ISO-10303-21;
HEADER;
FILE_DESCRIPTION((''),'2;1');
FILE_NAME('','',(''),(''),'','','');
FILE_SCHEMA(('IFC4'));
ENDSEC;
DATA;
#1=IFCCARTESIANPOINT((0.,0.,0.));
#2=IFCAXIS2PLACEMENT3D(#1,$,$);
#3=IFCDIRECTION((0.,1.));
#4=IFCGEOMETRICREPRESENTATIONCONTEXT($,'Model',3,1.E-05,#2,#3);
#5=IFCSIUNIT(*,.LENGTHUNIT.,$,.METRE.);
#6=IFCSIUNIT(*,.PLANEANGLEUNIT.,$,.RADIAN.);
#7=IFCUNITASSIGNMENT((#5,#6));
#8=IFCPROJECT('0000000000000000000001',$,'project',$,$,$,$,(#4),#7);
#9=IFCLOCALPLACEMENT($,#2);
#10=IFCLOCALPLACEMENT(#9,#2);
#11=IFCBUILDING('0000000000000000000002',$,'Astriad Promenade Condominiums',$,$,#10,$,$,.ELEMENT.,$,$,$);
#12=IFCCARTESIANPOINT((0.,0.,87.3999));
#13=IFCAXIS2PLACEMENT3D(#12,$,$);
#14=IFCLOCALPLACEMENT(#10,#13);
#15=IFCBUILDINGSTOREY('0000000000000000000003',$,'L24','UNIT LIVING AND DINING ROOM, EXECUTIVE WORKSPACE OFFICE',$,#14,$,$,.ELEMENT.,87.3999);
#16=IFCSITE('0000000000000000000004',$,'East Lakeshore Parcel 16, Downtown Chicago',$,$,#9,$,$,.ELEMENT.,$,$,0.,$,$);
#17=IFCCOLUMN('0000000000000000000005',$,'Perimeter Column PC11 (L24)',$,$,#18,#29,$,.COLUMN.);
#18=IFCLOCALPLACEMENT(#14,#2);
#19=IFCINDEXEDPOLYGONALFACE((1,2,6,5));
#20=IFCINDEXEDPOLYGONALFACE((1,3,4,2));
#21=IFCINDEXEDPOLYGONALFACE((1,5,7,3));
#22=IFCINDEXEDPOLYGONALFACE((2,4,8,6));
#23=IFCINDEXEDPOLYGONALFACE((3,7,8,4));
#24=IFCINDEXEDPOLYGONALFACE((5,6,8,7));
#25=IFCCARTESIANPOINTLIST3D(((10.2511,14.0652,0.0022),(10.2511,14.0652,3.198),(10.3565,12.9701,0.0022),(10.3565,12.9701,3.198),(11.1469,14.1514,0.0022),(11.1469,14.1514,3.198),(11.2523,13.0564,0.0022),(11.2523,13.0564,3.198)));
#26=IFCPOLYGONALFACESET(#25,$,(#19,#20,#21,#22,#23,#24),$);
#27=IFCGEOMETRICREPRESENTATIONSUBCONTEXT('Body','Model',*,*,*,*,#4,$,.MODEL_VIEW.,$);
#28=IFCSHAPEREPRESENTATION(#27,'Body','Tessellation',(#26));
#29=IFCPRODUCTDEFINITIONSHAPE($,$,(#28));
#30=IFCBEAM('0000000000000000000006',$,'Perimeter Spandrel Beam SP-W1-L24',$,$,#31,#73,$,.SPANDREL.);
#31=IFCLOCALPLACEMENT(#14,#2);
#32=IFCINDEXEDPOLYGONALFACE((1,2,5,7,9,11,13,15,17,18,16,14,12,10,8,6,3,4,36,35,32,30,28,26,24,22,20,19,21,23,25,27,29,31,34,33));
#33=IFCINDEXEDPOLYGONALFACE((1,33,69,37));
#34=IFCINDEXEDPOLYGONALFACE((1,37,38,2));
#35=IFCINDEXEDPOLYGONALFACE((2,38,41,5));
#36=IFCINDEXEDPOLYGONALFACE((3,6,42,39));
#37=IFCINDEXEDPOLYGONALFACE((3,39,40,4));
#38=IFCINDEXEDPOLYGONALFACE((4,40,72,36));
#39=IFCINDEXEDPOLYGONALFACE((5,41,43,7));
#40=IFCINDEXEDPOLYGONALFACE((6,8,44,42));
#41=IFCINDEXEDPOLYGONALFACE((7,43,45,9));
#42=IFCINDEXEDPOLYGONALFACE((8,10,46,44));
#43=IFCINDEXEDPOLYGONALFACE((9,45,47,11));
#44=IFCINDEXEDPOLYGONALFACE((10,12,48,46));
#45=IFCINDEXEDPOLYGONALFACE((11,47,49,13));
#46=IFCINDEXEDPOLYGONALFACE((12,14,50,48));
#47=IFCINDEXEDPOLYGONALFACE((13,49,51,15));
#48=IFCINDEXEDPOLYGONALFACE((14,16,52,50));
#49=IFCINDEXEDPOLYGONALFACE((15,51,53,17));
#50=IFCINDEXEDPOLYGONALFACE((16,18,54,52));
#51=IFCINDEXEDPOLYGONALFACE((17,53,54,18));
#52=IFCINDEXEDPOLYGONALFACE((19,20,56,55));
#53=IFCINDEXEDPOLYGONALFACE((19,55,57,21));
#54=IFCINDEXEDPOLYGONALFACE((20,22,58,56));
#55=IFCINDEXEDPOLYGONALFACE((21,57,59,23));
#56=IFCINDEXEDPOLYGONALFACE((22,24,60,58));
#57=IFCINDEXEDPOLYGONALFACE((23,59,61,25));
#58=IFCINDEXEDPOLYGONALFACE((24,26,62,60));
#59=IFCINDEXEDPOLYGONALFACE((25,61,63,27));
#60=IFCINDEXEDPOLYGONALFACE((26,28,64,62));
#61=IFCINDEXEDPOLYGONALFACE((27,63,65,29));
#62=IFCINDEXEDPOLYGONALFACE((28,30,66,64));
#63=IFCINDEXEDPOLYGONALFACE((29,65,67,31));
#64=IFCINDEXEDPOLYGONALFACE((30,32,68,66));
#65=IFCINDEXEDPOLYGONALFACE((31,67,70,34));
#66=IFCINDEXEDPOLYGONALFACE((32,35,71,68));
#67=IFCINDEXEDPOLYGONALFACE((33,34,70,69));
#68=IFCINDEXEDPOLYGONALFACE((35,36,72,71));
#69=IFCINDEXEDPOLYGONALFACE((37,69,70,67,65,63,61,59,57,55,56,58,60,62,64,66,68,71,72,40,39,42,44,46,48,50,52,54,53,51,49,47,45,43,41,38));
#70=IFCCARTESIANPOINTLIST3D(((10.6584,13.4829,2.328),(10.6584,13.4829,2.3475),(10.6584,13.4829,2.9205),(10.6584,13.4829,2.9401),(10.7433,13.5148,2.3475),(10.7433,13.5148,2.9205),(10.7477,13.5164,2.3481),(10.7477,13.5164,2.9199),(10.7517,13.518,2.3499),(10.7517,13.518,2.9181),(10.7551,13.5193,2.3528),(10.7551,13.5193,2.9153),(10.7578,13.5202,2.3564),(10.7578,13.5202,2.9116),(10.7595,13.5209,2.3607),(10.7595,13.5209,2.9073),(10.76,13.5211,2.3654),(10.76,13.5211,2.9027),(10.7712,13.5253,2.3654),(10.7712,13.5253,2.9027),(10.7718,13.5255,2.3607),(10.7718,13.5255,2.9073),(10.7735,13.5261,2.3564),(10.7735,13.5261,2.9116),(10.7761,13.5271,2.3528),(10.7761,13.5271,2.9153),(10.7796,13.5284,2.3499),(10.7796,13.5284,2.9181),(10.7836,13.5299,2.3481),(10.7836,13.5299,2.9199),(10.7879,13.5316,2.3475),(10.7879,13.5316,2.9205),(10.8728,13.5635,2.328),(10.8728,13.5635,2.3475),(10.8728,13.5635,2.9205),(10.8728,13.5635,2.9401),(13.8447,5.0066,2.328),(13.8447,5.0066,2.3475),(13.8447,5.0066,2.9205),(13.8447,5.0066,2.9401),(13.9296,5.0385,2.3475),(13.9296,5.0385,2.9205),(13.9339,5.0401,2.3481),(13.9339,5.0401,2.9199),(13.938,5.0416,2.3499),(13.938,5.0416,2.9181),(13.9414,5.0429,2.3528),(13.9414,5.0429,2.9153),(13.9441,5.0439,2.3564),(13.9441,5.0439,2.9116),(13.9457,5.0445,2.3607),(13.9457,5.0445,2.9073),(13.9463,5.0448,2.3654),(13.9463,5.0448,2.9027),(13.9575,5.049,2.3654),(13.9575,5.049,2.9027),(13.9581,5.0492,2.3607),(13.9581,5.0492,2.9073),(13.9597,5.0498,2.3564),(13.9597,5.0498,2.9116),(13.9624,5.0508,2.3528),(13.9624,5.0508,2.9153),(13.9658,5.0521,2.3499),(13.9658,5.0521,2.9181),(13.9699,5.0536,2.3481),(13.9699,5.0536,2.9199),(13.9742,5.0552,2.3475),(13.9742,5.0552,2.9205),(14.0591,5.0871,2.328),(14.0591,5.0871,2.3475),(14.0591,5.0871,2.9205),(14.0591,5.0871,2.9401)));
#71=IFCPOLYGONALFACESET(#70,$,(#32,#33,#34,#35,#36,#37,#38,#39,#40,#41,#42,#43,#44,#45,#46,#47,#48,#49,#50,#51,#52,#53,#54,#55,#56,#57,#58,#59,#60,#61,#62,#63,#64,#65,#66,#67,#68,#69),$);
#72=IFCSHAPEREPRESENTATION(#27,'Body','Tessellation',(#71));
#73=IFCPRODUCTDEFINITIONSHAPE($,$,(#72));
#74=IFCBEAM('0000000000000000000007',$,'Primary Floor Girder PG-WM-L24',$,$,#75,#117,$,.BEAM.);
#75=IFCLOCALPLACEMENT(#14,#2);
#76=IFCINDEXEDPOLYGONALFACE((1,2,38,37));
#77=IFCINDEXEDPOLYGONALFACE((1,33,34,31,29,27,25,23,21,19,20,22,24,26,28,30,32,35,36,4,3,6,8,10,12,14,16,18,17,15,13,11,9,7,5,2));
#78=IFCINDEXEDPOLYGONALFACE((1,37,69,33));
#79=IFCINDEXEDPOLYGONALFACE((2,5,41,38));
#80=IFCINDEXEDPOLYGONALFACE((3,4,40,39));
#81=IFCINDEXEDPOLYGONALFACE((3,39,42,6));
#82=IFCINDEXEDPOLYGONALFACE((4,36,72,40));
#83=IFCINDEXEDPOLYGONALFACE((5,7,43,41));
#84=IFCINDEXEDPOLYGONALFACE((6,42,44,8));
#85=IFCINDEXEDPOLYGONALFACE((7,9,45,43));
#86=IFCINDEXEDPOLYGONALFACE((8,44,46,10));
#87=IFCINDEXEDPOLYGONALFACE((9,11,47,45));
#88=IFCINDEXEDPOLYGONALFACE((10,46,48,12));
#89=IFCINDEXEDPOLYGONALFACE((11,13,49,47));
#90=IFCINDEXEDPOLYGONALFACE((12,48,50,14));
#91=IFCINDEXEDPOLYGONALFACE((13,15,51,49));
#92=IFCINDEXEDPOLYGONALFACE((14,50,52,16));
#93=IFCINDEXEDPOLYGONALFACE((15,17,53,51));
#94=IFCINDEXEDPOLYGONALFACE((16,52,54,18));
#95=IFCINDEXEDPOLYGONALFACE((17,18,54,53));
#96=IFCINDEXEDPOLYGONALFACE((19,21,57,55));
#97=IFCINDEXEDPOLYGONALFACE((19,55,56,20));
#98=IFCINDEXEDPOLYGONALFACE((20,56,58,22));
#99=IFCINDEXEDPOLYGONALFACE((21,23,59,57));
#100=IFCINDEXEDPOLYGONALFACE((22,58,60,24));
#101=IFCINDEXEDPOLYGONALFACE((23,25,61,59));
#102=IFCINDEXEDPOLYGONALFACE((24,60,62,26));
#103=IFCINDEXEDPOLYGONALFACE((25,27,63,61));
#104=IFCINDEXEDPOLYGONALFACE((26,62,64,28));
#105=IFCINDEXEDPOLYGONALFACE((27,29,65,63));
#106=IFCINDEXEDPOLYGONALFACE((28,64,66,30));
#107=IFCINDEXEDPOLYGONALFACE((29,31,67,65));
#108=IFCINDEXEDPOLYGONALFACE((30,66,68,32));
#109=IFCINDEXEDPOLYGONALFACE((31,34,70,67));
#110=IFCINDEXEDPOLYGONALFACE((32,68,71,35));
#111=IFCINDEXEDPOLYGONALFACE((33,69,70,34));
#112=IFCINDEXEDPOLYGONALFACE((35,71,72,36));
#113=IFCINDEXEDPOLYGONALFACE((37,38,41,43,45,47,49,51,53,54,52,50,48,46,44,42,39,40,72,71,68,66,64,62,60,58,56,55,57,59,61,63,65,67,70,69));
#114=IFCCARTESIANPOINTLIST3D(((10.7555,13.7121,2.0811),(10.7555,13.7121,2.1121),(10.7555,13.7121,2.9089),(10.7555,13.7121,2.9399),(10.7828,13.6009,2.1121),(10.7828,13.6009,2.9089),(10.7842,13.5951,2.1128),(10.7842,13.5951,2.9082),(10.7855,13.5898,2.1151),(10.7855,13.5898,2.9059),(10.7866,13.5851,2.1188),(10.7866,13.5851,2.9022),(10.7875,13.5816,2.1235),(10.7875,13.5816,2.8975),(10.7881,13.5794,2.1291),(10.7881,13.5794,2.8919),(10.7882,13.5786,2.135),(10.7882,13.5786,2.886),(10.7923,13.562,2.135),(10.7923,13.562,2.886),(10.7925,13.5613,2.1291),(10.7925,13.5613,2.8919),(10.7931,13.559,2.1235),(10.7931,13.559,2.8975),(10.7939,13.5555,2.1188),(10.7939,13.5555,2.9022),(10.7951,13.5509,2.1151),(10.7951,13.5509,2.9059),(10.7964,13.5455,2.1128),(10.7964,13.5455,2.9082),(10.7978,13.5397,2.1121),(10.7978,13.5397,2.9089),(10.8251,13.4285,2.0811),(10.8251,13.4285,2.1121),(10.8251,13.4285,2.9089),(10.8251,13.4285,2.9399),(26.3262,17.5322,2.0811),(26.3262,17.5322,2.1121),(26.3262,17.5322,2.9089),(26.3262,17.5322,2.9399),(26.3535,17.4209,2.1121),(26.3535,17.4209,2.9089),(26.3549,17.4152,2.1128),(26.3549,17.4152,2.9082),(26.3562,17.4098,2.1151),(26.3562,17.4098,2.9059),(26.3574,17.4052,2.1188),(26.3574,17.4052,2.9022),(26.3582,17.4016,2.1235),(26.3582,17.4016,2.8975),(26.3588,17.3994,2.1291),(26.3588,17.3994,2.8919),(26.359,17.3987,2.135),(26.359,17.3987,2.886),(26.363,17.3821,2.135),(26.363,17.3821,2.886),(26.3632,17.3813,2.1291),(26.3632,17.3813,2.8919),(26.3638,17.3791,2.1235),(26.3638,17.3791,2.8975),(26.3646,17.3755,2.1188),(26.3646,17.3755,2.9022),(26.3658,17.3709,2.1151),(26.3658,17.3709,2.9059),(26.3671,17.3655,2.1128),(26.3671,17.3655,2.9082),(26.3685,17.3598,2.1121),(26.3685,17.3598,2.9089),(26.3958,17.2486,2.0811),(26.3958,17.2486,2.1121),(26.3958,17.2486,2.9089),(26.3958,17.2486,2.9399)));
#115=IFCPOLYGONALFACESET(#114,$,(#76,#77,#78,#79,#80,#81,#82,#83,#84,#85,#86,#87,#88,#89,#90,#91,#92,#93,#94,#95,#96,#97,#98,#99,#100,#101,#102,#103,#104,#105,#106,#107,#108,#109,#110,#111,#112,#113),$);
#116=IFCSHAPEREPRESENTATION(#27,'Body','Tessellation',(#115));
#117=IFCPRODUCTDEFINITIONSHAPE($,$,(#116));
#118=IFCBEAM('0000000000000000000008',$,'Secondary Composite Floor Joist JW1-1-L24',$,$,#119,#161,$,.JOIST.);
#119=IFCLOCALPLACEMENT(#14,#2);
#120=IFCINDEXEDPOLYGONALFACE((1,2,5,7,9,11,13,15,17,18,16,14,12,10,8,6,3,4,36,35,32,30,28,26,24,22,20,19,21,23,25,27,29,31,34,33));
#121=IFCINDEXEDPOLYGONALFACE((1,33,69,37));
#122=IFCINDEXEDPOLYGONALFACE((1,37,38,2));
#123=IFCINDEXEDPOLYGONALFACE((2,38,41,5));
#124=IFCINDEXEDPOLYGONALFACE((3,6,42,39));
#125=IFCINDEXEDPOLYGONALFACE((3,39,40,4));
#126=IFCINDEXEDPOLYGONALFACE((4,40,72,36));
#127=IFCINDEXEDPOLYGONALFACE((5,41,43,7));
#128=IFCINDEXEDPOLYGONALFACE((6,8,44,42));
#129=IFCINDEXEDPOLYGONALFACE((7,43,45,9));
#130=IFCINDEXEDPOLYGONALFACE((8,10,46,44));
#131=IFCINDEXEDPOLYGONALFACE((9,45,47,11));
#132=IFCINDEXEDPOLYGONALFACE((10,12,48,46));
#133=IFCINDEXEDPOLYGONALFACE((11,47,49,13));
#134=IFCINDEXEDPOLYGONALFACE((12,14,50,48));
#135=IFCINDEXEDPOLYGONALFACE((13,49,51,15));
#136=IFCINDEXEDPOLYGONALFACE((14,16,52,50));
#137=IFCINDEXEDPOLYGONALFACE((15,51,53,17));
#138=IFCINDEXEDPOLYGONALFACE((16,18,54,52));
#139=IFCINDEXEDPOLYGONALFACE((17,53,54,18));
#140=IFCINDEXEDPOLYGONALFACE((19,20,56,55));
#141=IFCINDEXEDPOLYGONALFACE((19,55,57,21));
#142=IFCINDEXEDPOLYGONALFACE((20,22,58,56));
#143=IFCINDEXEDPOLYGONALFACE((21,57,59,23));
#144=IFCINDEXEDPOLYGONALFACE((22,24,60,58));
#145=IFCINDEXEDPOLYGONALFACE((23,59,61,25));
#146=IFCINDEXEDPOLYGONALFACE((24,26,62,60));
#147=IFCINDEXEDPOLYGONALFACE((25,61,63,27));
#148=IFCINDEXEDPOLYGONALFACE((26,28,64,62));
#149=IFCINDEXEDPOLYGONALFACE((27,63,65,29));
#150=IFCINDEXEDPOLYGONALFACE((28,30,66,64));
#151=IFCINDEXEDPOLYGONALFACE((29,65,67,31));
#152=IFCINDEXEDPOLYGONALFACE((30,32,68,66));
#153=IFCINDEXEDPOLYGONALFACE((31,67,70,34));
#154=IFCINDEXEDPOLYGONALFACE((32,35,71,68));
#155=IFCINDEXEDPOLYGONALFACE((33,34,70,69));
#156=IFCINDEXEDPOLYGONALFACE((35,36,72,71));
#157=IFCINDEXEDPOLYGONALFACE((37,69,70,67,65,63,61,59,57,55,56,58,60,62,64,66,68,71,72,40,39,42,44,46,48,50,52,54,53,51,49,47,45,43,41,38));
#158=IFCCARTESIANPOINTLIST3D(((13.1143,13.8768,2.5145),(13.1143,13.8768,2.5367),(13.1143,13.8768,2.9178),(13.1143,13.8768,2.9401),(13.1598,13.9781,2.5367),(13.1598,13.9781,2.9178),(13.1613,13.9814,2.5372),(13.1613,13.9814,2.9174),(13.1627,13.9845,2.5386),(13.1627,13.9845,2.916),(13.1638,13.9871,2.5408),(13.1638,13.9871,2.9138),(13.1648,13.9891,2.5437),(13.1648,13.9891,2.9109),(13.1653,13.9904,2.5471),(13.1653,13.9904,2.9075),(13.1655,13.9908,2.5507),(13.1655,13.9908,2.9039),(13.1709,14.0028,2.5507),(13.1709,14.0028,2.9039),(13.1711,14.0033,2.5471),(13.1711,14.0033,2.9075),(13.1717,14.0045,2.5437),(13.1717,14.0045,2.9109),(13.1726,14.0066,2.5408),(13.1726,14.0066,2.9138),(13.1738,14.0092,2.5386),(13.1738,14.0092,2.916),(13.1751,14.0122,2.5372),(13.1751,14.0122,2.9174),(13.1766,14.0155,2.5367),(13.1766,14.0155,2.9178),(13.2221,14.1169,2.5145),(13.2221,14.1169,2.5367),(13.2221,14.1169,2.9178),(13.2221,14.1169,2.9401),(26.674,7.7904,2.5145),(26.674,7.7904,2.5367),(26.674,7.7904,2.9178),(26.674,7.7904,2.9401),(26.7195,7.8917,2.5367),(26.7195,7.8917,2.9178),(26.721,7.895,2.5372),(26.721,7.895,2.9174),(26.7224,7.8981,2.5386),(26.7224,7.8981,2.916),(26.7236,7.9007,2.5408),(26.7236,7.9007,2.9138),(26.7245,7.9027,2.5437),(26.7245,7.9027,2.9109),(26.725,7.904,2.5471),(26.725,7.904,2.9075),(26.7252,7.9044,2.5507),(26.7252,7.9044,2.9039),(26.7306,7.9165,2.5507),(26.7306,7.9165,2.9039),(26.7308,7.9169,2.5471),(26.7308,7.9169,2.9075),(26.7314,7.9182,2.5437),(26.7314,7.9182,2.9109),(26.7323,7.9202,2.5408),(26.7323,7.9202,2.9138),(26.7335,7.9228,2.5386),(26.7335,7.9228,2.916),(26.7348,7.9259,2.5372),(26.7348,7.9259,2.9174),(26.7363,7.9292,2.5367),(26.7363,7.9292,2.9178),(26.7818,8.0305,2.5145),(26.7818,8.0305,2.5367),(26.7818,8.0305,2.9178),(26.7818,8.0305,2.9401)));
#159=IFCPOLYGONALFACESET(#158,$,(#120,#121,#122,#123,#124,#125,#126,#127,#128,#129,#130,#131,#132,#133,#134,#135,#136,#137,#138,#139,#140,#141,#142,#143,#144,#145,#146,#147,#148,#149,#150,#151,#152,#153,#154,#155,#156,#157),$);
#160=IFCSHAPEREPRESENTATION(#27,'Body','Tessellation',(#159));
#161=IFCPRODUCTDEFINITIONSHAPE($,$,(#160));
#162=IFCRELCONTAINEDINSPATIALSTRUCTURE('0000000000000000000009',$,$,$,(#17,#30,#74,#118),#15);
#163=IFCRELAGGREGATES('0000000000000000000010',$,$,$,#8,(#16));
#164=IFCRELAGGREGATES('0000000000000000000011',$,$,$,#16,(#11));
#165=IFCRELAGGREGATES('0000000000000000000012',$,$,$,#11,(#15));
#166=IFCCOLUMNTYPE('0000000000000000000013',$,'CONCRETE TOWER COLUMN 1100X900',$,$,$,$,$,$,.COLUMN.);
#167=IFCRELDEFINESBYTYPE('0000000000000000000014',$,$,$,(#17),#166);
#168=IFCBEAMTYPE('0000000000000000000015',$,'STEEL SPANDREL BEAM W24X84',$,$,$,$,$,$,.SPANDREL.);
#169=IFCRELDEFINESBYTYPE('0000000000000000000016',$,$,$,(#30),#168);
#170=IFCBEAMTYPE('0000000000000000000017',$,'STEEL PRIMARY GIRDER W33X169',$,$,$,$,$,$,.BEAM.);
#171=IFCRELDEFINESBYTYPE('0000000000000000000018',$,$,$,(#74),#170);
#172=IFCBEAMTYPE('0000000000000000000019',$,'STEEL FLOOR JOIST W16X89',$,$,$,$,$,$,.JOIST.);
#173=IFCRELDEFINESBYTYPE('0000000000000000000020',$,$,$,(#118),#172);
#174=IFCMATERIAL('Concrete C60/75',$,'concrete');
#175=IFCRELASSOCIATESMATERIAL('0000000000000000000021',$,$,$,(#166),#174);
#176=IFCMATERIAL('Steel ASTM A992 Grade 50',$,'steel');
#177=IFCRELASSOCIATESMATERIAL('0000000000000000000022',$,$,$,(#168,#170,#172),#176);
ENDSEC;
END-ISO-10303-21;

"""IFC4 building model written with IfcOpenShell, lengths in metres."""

from ifc_helpers import new_model, si_unit, direction, frame, origin, origin_2d, place, context, subcontext, project, spatial, rectangle, i_section, extrude, source, transform, mapped, material, material_profile, profile_set, type_object, type_shapes, element, save


model = new_model("IFC4")

# Units and contexts
model_context = context("Model", 3, precision=1e-05, world=origin(), true_north=direction((0.0, 1.0)))
body_context = subcontext(model_context, "Body", "Model", "MODEL_VIEW")
ifc_project = project(units=[si_unit("LENGTHUNIT", "METRE"), si_unit("PLANEANGLEUNIT", "RADIAN")], contexts=[model_context])

# Site, building, storey
site_placement = place(None, origin())
site = spatial("IfcSite", under=ifc_project, at=site_placement, Name="East Lakeshore Parcel 16, Downtown Chicago", CompositionType="ELEMENT", RefElevation=0.0)
building_placement = place(site_placement, origin())
building = spatial("IfcBuilding", under=site, at=building_placement, Name="Astriad Promenade Condominiums", CompositionType="ELEMENT")
storey_placement = place(building_placement, frame((0.0, 0.0, 87.3999)))
storey = spatial("IfcBuildingStorey", under=building, at=storey_placement, Name="L24", Description="UNIT LIVING AND DINING ROOM, EXECUTIVE WORKSPACE OFFICE", CompositionType="ELEMENT", Elevation=87.3999)

# Column
ifc_material_1 = material(Name="Concrete C60/75", Category="concrete")
ifc_material_profile_1 = material_profile(ifc_material_1, rectangle(XDim=0.8999, YDim=1.1001, at=origin_2d()), Name="RC-COL-1100X900")
ifc_profile_set_1 = profile_set([ifc_material_profile_1], Name="Concrete C60/75")
column_type = type_object("IfcColumnType", Name="CONCRETE TOWER COLUMN 1100X900", PredefinedType="COLUMN", material=ifc_profile_set_1)
shared_shape_1 = source(origin(), body_context, "Body", "SweptSolid", [
    extrude(rectangle(XDim=0.8999, YDim=1.1001, at=origin_2d()), origin(), (0.0, 0.0, 1.0), 3.1958),
])
type_shapes(column_type, [shared_shape_1])
column_placement = place(storey_placement, frame((10.7517, 13.5608, 0.0022), z_axis=(0.0, 0.0, 1.0), x_axis=(0.995396, 0.095846, 0.0)))
element("IfcColumn", 1, at=column_placement, inside=storey, type_object=column_type, Name="Perimeter Column PC11 (L24)", PredefinedType="COLUMN", context=body_context, shape_type="MappedRepresentation", body=[
    mapped(shared_shape_1, transform((0.0, 0.0, 0.0), scale=1.0)),
])

# Beams
ifc_material_2 = material(Name="Steel ASTM A992 Grade 50", Category="steel")
ifc_material_profile_2 = material_profile(ifc_material_2, i_section(OverallWidth=0.229, OverallDepth=0.6121, WebThickness=0.012, FlangeThickness=0.0195, FilletRadius=0.0178, at=origin_2d()), Name="W24X84")
ifc_profile_set_2 = profile_set([ifc_material_profile_2], Name="Steel ASTM A992 Grade 50")
beam_type_1 = type_object("IfcBeamType", Name="STEEL SPANDREL BEAM W24X84", PredefinedType="SPANDREL", material=ifc_profile_set_2)
shared_shape_2 = source(origin(), body_context, "Body", "SweptSolid", [
    extrude(i_section(OverallWidth=0.229, OverallDepth=0.6121, WebThickness=0.012, FlangeThickness=0.0195, FilletRadius=0.0178, at=origin_2d()), origin(), (0.0, 0.0, 1.0), 9.0554),
])
type_shapes(beam_type_1, [shared_shape_2])
beam_1_placement = place(storey_placement, frame((10.7656, 13.5232, 2.634), z_axis=(0.351865, -0.936051, 0.0), x_axis=(0.936051, 0.351865, 0.0)))
element("IfcBeam", 2, at=beam_1_placement, inside=storey, type_object=beam_type_1, Name="Perimeter Spandrel Beam SP-W1-L24", PredefinedType="SPANDREL", context=body_context, shape_type="MappedRepresentation", body=[
    mapped(shared_shape_2, transform((0.0, 0.0, 0.0), scale=1.0)),
])
ifc_material_profile_3 = material_profile(ifc_material_2, i_section(OverallWidth=0.292, OverallDepth=0.8589, WebThickness=0.0171, FlangeThickness=0.031, FilletRadius=0.0229, at=origin_2d()), Name="W33X169")
ifc_profile_set_3 = profile_set([ifc_material_profile_3], Name="Steel ASTM A992 Grade 50")
beam_type_2 = type_object("IfcBeamType", Name="STEEL PRIMARY GIRDER W33X169", PredefinedType="BEAM", material=ifc_profile_set_3)
shared_shape_3 = source(origin(), body_context, "Body", "SweptSolid", [
    extrude(i_section(OverallWidth=0.292, OverallDepth=0.8589, WebThickness=0.0171, FlangeThickness=0.031, FilletRadius=0.0229, at=origin_2d()), origin(), (0.0, 0.0, 1.0), 16.0325),
])
type_shapes(beam_type_2, [shared_shape_3])
beam_2_placement = place(storey_placement, frame((10.7903, 13.5703, 2.5105), z_axis=(0.971199, 0.238269, 0.0), x_axis=(-0.238269, 0.971199, 0.0)))
element("IfcBeam", 3, at=beam_2_placement, inside=storey, type_object=beam_type_2, Name="Primary Floor Girder PG-WM-L24", PredefinedType="BEAM", context=body_context, shape_type="MappedRepresentation", body=[
    mapped(shared_shape_3, transform((0.0, 0.0, 0.0), scale=1.0)),
])
ifc_material_profile_4 = material_profile(ifc_material_2, i_section(OverallWidth=0.2632, OverallDepth=0.4255, WebThickness=0.0132, FlangeThickness=0.0222, FilletRadius=0.0139, at=origin_2d()), Name="W16X89")
ifc_profile_set_4 = profile_set([ifc_material_profile_4], Name="Steel ASTM A992 Grade 50")
beam_type_3 = type_object("IfcBeamType", Name="STEEL FLOOR JOIST W16X89", PredefinedType="JOIST", material=ifc_profile_set_4)
shared_shape_4 = source(origin(), body_context, "Body", "SweptSolid", [
    extrude(i_section(OverallWidth=0.2632, OverallDepth=0.4255, WebThickness=0.0132, FlangeThickness=0.0222, FilletRadius=0.0139, at=origin_2d()), origin(), (0.0, 0.0, 1.0), 14.863),
])
beam_3_placement = place(storey_placement, frame((13.1682, 13.9968, 2.7273), z_axis=(0.912311, -0.409498, 0.0), x_axis=(0.409498, 0.912311, 0.0)))
element("IfcBeam", 4, at=beam_3_placement, inside=storey, type_object=beam_type_3, Name="Secondary Composite Floor Joist JW1-1-L24", PredefinedType="JOIST", context=body_context, shape_type="MappedRepresentation", body=[
    mapped(shared_shape_4, transform((0.0, 0.0, 0.0), scale=1.0)),
])

save(model, "model.ifc")
